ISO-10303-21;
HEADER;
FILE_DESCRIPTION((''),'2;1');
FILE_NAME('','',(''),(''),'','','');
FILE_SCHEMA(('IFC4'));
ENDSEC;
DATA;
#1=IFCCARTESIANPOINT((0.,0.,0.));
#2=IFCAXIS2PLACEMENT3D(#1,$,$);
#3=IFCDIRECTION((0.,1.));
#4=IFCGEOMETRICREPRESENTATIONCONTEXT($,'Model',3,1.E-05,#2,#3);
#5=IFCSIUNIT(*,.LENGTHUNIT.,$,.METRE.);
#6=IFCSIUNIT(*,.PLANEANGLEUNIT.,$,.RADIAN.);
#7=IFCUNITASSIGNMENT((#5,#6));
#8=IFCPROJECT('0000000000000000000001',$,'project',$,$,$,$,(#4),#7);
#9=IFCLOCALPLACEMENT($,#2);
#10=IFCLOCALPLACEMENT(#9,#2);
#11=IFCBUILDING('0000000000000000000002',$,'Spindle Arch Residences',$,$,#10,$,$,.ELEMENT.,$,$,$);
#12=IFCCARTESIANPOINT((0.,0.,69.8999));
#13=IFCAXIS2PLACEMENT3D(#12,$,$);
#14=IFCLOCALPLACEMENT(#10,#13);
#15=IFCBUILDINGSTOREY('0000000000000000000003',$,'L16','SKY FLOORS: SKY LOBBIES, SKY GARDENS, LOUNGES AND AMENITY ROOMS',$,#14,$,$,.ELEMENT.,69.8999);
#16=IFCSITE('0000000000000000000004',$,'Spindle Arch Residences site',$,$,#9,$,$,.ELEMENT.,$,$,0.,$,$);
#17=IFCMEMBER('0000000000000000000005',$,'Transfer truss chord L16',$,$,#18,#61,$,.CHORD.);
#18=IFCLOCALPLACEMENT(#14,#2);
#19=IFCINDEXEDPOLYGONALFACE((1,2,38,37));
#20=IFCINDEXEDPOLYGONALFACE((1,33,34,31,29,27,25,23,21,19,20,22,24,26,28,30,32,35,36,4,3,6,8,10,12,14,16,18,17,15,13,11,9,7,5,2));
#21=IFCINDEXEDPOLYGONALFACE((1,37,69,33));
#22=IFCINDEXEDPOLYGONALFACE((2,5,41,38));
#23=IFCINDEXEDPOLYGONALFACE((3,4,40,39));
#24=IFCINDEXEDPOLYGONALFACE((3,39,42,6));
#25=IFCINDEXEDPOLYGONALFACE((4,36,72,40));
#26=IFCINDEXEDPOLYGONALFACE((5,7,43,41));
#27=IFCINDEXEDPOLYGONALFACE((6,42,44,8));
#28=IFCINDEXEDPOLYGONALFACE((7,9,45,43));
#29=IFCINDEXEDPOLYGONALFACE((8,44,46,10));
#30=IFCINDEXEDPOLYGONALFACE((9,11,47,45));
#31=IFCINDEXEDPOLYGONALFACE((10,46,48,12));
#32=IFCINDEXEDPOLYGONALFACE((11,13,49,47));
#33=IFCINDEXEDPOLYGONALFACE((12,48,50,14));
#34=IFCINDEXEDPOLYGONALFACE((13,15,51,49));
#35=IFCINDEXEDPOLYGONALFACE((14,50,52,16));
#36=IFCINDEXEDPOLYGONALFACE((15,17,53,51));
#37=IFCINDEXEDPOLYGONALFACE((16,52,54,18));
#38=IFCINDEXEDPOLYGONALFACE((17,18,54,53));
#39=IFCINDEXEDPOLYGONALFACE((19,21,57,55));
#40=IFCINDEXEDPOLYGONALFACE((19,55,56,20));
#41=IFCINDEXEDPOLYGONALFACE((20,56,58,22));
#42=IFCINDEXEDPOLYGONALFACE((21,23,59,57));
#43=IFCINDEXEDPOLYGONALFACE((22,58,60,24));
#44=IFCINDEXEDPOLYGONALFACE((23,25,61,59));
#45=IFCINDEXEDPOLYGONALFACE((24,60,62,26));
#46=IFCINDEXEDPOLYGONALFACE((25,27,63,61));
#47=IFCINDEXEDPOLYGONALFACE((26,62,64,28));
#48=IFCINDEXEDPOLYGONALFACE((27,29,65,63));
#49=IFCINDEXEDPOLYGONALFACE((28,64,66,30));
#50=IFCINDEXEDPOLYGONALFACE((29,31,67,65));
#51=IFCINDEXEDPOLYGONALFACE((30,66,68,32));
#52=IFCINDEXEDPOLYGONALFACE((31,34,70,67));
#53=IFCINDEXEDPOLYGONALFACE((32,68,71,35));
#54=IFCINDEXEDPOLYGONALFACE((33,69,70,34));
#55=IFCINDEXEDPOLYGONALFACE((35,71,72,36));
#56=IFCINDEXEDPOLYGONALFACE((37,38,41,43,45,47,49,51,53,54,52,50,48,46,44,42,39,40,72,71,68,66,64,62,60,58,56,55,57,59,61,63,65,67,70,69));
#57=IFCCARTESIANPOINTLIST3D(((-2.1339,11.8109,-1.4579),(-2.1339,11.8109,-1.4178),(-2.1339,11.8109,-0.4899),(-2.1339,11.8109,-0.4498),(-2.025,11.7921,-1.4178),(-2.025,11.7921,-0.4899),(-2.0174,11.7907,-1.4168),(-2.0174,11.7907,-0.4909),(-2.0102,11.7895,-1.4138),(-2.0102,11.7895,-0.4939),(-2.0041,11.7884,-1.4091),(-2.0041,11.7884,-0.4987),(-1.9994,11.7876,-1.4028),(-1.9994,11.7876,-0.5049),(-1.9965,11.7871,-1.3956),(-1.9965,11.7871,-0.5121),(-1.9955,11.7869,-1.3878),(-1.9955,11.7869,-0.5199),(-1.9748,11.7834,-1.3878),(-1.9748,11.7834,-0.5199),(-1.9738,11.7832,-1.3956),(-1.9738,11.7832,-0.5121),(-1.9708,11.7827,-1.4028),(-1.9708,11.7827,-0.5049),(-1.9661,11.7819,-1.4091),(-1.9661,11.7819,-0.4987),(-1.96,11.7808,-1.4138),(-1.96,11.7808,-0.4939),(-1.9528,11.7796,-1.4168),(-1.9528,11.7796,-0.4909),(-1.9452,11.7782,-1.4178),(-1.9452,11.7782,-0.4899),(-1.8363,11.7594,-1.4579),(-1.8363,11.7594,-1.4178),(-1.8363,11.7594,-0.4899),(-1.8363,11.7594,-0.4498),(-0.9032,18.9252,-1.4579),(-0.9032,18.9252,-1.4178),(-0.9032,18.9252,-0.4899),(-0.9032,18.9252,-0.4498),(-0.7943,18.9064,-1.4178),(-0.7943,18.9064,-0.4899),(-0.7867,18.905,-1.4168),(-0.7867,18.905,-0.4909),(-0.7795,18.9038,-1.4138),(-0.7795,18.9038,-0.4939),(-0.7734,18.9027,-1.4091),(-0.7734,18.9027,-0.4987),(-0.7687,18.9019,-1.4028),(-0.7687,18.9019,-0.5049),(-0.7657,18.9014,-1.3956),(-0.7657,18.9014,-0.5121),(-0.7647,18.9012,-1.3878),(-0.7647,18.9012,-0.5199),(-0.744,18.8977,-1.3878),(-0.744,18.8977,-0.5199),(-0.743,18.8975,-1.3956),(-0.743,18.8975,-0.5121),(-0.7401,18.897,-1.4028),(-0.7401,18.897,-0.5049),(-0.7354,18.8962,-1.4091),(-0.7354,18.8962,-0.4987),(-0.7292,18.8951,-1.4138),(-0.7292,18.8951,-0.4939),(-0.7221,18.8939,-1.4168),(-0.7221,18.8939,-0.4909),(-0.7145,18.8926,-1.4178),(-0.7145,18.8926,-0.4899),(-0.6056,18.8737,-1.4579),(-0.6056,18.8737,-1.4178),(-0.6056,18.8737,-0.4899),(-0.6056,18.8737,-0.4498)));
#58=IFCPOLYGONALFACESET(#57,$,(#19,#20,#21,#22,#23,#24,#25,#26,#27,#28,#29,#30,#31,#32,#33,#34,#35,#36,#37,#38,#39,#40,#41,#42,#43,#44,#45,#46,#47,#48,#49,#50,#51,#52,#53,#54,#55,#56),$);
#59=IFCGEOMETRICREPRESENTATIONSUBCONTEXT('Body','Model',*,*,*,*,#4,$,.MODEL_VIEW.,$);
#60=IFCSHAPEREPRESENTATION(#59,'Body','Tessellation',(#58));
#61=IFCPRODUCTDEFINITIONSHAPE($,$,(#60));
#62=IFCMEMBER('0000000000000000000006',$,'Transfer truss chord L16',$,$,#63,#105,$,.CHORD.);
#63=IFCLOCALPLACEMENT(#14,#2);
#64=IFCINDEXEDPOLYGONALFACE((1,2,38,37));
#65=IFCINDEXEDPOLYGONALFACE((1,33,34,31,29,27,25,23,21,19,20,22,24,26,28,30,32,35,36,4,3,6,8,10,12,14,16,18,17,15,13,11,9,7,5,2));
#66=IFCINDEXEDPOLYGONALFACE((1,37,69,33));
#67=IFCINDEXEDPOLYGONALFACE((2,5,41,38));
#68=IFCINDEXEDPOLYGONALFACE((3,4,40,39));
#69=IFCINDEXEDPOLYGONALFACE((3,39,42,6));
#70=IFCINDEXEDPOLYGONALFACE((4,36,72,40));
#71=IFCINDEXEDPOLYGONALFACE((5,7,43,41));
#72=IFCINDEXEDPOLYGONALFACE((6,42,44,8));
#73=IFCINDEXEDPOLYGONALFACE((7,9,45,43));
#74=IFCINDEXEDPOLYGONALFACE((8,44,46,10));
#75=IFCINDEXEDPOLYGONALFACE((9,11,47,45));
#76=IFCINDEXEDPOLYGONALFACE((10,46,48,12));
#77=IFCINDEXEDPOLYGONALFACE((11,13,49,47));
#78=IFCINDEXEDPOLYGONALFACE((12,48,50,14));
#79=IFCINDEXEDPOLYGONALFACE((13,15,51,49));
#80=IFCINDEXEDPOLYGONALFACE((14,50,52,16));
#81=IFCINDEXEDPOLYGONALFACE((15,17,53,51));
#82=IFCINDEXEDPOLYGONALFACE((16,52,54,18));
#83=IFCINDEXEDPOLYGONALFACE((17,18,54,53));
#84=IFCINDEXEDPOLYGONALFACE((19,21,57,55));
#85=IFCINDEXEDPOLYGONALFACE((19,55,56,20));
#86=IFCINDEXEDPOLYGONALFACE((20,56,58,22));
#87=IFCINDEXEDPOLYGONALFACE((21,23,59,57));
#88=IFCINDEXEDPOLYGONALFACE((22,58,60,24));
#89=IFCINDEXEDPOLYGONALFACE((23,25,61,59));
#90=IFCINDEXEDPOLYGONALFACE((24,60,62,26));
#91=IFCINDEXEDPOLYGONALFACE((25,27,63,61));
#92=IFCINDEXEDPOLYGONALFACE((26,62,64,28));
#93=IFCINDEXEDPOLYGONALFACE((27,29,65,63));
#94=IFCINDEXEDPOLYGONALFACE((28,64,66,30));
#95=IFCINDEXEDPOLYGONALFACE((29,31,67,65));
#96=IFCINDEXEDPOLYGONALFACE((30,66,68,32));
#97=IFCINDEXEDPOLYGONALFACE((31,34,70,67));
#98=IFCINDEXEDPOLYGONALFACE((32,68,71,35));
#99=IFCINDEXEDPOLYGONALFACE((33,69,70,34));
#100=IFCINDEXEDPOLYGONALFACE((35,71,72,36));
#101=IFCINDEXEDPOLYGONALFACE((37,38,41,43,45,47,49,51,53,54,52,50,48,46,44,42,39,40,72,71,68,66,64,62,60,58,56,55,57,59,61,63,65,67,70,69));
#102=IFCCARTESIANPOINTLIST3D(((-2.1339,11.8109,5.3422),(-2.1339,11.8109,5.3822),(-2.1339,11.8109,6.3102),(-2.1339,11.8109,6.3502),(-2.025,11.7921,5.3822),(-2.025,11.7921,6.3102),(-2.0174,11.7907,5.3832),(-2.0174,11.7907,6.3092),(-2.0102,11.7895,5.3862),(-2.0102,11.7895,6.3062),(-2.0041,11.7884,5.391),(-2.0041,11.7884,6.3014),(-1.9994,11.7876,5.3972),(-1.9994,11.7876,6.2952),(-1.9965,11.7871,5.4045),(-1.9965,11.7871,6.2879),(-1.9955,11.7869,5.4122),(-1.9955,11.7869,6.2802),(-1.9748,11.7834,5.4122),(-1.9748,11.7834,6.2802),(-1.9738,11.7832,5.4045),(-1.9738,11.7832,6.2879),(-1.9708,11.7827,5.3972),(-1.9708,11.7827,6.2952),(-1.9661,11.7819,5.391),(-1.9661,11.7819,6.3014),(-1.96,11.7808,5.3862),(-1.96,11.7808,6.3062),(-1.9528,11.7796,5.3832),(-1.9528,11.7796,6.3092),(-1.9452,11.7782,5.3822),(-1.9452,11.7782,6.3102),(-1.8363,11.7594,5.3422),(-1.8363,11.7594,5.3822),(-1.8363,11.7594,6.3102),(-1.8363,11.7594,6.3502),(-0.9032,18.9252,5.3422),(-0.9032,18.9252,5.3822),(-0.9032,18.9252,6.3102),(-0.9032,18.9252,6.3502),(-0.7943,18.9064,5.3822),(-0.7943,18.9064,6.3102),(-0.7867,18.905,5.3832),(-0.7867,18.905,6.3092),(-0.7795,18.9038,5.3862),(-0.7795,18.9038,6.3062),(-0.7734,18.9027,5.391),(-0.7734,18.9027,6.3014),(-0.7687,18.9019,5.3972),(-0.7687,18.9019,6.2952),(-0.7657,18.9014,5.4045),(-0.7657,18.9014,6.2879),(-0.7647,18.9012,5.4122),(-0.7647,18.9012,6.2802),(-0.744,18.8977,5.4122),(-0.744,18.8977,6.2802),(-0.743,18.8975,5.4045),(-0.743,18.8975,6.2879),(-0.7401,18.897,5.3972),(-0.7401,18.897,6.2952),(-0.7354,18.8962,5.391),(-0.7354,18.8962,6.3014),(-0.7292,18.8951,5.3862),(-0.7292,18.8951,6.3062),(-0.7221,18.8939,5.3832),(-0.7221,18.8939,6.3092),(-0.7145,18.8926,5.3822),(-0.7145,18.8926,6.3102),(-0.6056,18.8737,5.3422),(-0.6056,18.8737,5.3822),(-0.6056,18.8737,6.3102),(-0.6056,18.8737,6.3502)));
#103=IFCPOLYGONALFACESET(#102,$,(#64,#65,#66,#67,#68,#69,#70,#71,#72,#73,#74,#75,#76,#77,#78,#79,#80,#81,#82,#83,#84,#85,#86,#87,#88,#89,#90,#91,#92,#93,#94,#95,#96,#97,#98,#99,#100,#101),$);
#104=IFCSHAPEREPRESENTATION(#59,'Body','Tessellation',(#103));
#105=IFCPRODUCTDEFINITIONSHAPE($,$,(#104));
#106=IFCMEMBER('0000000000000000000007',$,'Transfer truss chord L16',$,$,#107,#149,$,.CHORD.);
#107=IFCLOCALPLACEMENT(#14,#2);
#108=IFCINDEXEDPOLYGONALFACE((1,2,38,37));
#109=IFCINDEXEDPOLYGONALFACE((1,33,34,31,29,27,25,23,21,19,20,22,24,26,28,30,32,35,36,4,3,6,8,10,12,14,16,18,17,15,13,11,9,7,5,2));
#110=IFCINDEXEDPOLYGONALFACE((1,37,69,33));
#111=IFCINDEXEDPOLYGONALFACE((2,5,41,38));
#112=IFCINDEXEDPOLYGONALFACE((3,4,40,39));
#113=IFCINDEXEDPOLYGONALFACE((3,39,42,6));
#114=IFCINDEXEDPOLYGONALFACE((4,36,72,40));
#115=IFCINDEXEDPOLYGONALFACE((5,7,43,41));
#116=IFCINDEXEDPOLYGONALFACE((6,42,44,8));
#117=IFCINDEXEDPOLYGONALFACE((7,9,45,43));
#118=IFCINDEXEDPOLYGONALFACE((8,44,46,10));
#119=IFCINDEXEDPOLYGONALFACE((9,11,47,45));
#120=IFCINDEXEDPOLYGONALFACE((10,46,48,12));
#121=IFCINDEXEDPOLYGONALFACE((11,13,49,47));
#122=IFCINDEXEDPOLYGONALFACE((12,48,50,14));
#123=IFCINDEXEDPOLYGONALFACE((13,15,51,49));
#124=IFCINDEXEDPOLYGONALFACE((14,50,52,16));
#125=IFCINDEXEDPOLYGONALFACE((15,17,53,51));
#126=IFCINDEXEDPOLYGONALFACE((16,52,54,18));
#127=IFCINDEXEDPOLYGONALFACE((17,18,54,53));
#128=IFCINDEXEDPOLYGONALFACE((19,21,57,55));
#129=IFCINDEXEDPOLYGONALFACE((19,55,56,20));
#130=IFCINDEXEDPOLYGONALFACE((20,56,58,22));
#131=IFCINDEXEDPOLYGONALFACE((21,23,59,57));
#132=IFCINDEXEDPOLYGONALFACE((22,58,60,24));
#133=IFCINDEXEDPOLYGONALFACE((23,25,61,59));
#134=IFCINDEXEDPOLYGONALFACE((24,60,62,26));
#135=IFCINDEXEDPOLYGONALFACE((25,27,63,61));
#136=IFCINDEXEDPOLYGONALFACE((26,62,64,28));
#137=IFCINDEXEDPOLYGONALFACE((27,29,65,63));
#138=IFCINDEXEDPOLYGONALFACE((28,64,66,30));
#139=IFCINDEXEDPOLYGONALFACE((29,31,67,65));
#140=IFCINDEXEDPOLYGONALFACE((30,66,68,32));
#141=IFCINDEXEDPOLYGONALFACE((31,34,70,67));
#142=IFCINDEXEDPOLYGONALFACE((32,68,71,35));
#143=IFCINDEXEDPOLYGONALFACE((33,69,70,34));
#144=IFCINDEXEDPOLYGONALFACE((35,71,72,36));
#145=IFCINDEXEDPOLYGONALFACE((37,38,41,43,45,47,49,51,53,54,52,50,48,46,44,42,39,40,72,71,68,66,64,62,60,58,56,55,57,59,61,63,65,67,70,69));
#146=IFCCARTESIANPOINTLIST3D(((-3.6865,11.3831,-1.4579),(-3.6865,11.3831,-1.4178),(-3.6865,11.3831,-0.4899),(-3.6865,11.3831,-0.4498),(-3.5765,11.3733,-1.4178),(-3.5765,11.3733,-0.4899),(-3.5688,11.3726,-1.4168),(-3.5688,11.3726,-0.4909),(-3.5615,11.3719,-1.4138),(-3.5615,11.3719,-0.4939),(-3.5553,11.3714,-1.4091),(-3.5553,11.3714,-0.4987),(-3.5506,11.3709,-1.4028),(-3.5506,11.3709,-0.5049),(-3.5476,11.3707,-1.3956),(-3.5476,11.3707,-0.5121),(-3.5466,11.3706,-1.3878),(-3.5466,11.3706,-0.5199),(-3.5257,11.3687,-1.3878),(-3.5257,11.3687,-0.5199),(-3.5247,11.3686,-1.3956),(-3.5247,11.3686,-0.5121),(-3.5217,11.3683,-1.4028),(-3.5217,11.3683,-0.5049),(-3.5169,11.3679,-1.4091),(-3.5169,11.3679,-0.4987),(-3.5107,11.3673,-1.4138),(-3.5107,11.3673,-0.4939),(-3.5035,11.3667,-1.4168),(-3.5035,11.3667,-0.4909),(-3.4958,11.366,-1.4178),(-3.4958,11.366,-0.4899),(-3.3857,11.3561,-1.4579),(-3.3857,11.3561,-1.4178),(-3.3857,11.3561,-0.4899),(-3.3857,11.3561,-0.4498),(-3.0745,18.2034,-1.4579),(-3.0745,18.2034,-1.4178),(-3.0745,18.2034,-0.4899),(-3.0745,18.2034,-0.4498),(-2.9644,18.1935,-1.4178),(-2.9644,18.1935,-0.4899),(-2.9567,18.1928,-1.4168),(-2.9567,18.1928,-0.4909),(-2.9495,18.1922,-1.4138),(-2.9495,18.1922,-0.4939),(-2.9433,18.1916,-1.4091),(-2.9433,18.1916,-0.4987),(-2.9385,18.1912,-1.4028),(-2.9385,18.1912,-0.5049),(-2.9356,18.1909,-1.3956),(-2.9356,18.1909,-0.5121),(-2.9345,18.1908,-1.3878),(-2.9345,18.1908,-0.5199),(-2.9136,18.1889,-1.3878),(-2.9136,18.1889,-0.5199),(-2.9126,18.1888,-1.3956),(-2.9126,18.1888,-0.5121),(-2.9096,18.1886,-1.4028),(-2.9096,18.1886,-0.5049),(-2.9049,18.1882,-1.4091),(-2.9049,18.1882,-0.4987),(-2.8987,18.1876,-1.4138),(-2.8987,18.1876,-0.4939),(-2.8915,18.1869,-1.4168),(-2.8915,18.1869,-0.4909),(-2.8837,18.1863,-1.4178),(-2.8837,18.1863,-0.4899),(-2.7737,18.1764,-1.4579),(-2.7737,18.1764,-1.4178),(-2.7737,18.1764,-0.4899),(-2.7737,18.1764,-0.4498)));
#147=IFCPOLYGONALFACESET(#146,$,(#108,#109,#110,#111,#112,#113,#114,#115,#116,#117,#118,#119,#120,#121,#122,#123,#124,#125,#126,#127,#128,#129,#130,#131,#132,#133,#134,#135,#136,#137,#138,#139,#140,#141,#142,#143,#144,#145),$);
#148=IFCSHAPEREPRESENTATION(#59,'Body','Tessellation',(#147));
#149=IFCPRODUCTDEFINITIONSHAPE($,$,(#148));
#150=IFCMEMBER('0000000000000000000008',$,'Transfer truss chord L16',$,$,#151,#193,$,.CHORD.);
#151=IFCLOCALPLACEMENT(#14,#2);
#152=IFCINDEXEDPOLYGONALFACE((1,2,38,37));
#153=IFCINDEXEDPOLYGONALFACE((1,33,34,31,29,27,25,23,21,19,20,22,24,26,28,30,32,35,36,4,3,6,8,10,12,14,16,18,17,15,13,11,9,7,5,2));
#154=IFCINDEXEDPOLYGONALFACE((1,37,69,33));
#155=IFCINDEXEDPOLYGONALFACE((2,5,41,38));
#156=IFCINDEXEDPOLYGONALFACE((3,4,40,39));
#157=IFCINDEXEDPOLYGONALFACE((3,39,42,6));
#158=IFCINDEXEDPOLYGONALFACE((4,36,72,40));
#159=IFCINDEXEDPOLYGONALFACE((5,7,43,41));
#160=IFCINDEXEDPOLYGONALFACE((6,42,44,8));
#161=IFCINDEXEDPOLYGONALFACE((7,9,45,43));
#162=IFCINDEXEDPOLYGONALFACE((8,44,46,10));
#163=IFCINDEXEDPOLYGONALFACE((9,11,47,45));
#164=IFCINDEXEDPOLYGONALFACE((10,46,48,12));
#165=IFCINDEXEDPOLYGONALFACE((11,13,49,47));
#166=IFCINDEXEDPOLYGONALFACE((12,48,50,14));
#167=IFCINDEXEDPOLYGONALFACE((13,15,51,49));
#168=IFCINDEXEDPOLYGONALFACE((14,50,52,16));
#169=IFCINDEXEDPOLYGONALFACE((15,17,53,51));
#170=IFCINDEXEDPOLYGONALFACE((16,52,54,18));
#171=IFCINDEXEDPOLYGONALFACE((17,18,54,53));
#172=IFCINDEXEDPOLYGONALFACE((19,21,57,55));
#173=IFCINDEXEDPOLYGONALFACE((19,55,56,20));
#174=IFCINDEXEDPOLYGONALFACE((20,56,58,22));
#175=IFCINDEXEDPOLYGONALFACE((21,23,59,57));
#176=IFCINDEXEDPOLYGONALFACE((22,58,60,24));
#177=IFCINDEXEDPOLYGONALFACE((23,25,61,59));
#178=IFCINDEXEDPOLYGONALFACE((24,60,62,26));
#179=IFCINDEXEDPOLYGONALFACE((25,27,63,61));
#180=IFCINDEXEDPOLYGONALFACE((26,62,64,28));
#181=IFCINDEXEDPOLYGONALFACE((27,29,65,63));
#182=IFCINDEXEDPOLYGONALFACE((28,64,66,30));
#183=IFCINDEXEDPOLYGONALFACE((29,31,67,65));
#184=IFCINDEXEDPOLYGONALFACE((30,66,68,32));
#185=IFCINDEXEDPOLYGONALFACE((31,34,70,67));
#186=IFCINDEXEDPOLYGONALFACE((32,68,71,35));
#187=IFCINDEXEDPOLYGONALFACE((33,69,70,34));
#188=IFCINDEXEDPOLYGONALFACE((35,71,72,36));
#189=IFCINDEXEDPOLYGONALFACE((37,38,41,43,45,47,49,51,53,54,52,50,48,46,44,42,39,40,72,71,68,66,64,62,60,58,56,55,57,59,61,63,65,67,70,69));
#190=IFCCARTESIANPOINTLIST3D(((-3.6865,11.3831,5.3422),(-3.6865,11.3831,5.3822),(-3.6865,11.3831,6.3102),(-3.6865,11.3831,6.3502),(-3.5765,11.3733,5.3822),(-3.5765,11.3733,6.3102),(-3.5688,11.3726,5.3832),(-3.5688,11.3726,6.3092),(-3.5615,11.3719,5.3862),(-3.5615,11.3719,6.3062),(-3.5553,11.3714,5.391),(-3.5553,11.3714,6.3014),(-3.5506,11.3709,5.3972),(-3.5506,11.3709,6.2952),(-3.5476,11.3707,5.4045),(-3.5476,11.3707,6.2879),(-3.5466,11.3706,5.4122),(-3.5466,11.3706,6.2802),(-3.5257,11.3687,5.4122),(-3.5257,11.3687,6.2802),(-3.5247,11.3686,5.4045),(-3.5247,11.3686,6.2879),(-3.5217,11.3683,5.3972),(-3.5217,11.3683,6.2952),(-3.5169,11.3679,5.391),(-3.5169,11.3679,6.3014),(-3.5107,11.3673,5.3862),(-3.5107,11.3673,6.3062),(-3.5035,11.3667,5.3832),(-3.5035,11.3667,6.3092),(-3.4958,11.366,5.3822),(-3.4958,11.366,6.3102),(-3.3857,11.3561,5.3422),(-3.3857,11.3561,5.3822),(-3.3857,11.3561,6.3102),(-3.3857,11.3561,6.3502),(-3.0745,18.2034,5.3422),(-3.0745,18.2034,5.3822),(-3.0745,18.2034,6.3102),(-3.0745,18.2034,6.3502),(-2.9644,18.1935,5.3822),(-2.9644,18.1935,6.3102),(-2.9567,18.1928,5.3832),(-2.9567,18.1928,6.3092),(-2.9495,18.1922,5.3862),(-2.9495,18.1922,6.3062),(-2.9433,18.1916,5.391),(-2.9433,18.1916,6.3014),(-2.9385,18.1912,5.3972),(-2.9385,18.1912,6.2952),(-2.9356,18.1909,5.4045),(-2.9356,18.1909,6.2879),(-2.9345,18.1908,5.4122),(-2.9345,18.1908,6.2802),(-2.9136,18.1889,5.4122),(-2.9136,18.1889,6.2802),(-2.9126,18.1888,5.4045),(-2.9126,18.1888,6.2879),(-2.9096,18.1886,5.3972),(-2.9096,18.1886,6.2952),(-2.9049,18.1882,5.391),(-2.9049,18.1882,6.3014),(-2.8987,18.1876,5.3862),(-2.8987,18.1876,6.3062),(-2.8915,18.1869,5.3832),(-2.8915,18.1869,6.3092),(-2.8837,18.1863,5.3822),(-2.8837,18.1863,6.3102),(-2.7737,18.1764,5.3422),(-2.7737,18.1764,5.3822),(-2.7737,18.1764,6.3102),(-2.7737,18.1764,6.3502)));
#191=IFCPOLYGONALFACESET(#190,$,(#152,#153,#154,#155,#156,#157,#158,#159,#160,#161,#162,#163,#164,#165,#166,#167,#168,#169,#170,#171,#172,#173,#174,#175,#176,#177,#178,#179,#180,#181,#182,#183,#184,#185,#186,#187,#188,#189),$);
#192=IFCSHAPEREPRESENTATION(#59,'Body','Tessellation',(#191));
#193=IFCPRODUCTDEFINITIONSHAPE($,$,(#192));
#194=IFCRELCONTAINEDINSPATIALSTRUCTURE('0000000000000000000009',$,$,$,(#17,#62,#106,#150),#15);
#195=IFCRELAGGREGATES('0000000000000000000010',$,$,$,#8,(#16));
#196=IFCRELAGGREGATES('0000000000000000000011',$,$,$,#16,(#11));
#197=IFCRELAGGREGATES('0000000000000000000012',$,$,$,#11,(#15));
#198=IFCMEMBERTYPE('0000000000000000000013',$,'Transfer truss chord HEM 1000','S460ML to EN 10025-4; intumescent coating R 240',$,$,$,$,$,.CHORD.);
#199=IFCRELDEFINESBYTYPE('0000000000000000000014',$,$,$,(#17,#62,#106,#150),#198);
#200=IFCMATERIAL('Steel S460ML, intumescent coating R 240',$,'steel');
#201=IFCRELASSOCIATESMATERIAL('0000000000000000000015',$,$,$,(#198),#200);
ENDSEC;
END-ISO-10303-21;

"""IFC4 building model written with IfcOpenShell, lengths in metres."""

from ifc_helpers import new_model, si_unit, direction, frame, origin, origin_2d, place, context, subcontext, project, spatial, i_section, extrude, material, material_profile, profile_set, type_object, element, save


model = new_model("IFC4")

# Units and contexts
model_context = context("Model", 3, precision=1e-05, world=origin(), true_north=direction((0.0, 1.0)))
body_context = subcontext(model_context, "Body", "Model", "MODEL_VIEW")
ifc_project = project(units=[si_unit("LENGTHUNIT", "METRE"), si_unit("PLANEANGLEUNIT", "RADIAN")], contexts=[model_context])

# Site, building, storey
site_placement = place(None, origin())
site = spatial("IfcSite", under=ifc_project, at=site_placement, Name="Spindle Arch Residences site", CompositionType="ELEMENT", RefElevation=0.0)
building_placement = place(site_placement, origin())
building = spatial("IfcBuilding", under=site, at=building_placement, Name="Spindle Arch Residences", CompositionType="ELEMENT")
storey_placement = place(building_placement, frame((0.0, 0.0, 69.8999)))
storey = spatial("IfcBuildingStorey", under=building, at=storey_placement, Name="L16", Description="SKY FLOORS: SKY LOBBIES, SKY GARDENS, LOUNGES AND AMENITY ROOMS", CompositionType="ELEMENT", Elevation=69.8999)

# Members
ifc_material_1 = material(Name="Steel S460ML, intumescent coating R 240", Category="steel")
ifc_material_profile = material_profile(ifc_material_1, i_section(OverallWidth=0.302, OverallDepth=1.0081, WebThickness=0.021, FlangeThickness=0.04, FilletRadius=0.03, at=origin_2d()), Name="HEM 1000")
ifc_profile_set = profile_set([ifc_material_profile], Name="Steel S460ML, intumescent coating R 240")
member_type = type_object("IfcMemberType", Name="Transfer truss chord HEM 1000", Description="S460ML to EN 10025-4; intumescent coating R 240", PredefinedType="CHORD", material=ifc_profile_set)
for number, where, z_axis, x_axis, name in (
    (1, (-1.9851, 11.7852, -0.9539), (0.170461, 0.985364, 0.0), (-0.985364, 0.170461, 0.0), "Transfer truss chord L16"),
    (2, (-1.9851, 11.7852, 5.8462), (0.170461, 0.985364, 0.0), (-0.985364, 0.170461, 0.0), "Transfer truss chord L16"),
):
    element("IfcMember", number, at=place(storey_placement, frame(where, z_axis=z_axis, x_axis=x_axis)), inside=storey, type_object=member_type, Name=name, PredefinedType="CHORD", context=body_context, shape_type="SweptSolid", body=[
        extrude(i_section(OverallWidth=0.302, OverallDepth=1.0081, WebThickness=0.021, FlangeThickness=0.04, FilletRadius=0.03, at=origin_2d()), origin(), (0.0, 0.0, 1.0), 7.22),
    ])
for number, where, z_axis, x_axis, name in (
    (3, (-3.5361, 11.3696, -0.9539), (0.089382, 0.995997, 0.0), (-0.995997, 0.089382, 0.0), "Transfer truss chord L16"),
    (4, (-3.5361, 11.3696, 5.8462), (0.089382, 0.995997, 0.0), (-0.995997, 0.089382, 0.0), "Transfer truss chord L16"),
):
    element("IfcMember", number, at=place(storey_placement, frame(where, z_axis=z_axis, x_axis=x_axis)), inside=storey, type_object=member_type, Name=name, PredefinedType="CHORD", context=body_context, shape_type="SweptSolid", body=[
        extrude(i_section(OverallWidth=0.302, OverallDepth=1.0081, WebThickness=0.021, FlangeThickness=0.04, FilletRadius=0.03, at=origin_2d()), origin(), (0.0, 0.0, 1.0), 6.8477),
    ])

save(model, "model.ifc")
